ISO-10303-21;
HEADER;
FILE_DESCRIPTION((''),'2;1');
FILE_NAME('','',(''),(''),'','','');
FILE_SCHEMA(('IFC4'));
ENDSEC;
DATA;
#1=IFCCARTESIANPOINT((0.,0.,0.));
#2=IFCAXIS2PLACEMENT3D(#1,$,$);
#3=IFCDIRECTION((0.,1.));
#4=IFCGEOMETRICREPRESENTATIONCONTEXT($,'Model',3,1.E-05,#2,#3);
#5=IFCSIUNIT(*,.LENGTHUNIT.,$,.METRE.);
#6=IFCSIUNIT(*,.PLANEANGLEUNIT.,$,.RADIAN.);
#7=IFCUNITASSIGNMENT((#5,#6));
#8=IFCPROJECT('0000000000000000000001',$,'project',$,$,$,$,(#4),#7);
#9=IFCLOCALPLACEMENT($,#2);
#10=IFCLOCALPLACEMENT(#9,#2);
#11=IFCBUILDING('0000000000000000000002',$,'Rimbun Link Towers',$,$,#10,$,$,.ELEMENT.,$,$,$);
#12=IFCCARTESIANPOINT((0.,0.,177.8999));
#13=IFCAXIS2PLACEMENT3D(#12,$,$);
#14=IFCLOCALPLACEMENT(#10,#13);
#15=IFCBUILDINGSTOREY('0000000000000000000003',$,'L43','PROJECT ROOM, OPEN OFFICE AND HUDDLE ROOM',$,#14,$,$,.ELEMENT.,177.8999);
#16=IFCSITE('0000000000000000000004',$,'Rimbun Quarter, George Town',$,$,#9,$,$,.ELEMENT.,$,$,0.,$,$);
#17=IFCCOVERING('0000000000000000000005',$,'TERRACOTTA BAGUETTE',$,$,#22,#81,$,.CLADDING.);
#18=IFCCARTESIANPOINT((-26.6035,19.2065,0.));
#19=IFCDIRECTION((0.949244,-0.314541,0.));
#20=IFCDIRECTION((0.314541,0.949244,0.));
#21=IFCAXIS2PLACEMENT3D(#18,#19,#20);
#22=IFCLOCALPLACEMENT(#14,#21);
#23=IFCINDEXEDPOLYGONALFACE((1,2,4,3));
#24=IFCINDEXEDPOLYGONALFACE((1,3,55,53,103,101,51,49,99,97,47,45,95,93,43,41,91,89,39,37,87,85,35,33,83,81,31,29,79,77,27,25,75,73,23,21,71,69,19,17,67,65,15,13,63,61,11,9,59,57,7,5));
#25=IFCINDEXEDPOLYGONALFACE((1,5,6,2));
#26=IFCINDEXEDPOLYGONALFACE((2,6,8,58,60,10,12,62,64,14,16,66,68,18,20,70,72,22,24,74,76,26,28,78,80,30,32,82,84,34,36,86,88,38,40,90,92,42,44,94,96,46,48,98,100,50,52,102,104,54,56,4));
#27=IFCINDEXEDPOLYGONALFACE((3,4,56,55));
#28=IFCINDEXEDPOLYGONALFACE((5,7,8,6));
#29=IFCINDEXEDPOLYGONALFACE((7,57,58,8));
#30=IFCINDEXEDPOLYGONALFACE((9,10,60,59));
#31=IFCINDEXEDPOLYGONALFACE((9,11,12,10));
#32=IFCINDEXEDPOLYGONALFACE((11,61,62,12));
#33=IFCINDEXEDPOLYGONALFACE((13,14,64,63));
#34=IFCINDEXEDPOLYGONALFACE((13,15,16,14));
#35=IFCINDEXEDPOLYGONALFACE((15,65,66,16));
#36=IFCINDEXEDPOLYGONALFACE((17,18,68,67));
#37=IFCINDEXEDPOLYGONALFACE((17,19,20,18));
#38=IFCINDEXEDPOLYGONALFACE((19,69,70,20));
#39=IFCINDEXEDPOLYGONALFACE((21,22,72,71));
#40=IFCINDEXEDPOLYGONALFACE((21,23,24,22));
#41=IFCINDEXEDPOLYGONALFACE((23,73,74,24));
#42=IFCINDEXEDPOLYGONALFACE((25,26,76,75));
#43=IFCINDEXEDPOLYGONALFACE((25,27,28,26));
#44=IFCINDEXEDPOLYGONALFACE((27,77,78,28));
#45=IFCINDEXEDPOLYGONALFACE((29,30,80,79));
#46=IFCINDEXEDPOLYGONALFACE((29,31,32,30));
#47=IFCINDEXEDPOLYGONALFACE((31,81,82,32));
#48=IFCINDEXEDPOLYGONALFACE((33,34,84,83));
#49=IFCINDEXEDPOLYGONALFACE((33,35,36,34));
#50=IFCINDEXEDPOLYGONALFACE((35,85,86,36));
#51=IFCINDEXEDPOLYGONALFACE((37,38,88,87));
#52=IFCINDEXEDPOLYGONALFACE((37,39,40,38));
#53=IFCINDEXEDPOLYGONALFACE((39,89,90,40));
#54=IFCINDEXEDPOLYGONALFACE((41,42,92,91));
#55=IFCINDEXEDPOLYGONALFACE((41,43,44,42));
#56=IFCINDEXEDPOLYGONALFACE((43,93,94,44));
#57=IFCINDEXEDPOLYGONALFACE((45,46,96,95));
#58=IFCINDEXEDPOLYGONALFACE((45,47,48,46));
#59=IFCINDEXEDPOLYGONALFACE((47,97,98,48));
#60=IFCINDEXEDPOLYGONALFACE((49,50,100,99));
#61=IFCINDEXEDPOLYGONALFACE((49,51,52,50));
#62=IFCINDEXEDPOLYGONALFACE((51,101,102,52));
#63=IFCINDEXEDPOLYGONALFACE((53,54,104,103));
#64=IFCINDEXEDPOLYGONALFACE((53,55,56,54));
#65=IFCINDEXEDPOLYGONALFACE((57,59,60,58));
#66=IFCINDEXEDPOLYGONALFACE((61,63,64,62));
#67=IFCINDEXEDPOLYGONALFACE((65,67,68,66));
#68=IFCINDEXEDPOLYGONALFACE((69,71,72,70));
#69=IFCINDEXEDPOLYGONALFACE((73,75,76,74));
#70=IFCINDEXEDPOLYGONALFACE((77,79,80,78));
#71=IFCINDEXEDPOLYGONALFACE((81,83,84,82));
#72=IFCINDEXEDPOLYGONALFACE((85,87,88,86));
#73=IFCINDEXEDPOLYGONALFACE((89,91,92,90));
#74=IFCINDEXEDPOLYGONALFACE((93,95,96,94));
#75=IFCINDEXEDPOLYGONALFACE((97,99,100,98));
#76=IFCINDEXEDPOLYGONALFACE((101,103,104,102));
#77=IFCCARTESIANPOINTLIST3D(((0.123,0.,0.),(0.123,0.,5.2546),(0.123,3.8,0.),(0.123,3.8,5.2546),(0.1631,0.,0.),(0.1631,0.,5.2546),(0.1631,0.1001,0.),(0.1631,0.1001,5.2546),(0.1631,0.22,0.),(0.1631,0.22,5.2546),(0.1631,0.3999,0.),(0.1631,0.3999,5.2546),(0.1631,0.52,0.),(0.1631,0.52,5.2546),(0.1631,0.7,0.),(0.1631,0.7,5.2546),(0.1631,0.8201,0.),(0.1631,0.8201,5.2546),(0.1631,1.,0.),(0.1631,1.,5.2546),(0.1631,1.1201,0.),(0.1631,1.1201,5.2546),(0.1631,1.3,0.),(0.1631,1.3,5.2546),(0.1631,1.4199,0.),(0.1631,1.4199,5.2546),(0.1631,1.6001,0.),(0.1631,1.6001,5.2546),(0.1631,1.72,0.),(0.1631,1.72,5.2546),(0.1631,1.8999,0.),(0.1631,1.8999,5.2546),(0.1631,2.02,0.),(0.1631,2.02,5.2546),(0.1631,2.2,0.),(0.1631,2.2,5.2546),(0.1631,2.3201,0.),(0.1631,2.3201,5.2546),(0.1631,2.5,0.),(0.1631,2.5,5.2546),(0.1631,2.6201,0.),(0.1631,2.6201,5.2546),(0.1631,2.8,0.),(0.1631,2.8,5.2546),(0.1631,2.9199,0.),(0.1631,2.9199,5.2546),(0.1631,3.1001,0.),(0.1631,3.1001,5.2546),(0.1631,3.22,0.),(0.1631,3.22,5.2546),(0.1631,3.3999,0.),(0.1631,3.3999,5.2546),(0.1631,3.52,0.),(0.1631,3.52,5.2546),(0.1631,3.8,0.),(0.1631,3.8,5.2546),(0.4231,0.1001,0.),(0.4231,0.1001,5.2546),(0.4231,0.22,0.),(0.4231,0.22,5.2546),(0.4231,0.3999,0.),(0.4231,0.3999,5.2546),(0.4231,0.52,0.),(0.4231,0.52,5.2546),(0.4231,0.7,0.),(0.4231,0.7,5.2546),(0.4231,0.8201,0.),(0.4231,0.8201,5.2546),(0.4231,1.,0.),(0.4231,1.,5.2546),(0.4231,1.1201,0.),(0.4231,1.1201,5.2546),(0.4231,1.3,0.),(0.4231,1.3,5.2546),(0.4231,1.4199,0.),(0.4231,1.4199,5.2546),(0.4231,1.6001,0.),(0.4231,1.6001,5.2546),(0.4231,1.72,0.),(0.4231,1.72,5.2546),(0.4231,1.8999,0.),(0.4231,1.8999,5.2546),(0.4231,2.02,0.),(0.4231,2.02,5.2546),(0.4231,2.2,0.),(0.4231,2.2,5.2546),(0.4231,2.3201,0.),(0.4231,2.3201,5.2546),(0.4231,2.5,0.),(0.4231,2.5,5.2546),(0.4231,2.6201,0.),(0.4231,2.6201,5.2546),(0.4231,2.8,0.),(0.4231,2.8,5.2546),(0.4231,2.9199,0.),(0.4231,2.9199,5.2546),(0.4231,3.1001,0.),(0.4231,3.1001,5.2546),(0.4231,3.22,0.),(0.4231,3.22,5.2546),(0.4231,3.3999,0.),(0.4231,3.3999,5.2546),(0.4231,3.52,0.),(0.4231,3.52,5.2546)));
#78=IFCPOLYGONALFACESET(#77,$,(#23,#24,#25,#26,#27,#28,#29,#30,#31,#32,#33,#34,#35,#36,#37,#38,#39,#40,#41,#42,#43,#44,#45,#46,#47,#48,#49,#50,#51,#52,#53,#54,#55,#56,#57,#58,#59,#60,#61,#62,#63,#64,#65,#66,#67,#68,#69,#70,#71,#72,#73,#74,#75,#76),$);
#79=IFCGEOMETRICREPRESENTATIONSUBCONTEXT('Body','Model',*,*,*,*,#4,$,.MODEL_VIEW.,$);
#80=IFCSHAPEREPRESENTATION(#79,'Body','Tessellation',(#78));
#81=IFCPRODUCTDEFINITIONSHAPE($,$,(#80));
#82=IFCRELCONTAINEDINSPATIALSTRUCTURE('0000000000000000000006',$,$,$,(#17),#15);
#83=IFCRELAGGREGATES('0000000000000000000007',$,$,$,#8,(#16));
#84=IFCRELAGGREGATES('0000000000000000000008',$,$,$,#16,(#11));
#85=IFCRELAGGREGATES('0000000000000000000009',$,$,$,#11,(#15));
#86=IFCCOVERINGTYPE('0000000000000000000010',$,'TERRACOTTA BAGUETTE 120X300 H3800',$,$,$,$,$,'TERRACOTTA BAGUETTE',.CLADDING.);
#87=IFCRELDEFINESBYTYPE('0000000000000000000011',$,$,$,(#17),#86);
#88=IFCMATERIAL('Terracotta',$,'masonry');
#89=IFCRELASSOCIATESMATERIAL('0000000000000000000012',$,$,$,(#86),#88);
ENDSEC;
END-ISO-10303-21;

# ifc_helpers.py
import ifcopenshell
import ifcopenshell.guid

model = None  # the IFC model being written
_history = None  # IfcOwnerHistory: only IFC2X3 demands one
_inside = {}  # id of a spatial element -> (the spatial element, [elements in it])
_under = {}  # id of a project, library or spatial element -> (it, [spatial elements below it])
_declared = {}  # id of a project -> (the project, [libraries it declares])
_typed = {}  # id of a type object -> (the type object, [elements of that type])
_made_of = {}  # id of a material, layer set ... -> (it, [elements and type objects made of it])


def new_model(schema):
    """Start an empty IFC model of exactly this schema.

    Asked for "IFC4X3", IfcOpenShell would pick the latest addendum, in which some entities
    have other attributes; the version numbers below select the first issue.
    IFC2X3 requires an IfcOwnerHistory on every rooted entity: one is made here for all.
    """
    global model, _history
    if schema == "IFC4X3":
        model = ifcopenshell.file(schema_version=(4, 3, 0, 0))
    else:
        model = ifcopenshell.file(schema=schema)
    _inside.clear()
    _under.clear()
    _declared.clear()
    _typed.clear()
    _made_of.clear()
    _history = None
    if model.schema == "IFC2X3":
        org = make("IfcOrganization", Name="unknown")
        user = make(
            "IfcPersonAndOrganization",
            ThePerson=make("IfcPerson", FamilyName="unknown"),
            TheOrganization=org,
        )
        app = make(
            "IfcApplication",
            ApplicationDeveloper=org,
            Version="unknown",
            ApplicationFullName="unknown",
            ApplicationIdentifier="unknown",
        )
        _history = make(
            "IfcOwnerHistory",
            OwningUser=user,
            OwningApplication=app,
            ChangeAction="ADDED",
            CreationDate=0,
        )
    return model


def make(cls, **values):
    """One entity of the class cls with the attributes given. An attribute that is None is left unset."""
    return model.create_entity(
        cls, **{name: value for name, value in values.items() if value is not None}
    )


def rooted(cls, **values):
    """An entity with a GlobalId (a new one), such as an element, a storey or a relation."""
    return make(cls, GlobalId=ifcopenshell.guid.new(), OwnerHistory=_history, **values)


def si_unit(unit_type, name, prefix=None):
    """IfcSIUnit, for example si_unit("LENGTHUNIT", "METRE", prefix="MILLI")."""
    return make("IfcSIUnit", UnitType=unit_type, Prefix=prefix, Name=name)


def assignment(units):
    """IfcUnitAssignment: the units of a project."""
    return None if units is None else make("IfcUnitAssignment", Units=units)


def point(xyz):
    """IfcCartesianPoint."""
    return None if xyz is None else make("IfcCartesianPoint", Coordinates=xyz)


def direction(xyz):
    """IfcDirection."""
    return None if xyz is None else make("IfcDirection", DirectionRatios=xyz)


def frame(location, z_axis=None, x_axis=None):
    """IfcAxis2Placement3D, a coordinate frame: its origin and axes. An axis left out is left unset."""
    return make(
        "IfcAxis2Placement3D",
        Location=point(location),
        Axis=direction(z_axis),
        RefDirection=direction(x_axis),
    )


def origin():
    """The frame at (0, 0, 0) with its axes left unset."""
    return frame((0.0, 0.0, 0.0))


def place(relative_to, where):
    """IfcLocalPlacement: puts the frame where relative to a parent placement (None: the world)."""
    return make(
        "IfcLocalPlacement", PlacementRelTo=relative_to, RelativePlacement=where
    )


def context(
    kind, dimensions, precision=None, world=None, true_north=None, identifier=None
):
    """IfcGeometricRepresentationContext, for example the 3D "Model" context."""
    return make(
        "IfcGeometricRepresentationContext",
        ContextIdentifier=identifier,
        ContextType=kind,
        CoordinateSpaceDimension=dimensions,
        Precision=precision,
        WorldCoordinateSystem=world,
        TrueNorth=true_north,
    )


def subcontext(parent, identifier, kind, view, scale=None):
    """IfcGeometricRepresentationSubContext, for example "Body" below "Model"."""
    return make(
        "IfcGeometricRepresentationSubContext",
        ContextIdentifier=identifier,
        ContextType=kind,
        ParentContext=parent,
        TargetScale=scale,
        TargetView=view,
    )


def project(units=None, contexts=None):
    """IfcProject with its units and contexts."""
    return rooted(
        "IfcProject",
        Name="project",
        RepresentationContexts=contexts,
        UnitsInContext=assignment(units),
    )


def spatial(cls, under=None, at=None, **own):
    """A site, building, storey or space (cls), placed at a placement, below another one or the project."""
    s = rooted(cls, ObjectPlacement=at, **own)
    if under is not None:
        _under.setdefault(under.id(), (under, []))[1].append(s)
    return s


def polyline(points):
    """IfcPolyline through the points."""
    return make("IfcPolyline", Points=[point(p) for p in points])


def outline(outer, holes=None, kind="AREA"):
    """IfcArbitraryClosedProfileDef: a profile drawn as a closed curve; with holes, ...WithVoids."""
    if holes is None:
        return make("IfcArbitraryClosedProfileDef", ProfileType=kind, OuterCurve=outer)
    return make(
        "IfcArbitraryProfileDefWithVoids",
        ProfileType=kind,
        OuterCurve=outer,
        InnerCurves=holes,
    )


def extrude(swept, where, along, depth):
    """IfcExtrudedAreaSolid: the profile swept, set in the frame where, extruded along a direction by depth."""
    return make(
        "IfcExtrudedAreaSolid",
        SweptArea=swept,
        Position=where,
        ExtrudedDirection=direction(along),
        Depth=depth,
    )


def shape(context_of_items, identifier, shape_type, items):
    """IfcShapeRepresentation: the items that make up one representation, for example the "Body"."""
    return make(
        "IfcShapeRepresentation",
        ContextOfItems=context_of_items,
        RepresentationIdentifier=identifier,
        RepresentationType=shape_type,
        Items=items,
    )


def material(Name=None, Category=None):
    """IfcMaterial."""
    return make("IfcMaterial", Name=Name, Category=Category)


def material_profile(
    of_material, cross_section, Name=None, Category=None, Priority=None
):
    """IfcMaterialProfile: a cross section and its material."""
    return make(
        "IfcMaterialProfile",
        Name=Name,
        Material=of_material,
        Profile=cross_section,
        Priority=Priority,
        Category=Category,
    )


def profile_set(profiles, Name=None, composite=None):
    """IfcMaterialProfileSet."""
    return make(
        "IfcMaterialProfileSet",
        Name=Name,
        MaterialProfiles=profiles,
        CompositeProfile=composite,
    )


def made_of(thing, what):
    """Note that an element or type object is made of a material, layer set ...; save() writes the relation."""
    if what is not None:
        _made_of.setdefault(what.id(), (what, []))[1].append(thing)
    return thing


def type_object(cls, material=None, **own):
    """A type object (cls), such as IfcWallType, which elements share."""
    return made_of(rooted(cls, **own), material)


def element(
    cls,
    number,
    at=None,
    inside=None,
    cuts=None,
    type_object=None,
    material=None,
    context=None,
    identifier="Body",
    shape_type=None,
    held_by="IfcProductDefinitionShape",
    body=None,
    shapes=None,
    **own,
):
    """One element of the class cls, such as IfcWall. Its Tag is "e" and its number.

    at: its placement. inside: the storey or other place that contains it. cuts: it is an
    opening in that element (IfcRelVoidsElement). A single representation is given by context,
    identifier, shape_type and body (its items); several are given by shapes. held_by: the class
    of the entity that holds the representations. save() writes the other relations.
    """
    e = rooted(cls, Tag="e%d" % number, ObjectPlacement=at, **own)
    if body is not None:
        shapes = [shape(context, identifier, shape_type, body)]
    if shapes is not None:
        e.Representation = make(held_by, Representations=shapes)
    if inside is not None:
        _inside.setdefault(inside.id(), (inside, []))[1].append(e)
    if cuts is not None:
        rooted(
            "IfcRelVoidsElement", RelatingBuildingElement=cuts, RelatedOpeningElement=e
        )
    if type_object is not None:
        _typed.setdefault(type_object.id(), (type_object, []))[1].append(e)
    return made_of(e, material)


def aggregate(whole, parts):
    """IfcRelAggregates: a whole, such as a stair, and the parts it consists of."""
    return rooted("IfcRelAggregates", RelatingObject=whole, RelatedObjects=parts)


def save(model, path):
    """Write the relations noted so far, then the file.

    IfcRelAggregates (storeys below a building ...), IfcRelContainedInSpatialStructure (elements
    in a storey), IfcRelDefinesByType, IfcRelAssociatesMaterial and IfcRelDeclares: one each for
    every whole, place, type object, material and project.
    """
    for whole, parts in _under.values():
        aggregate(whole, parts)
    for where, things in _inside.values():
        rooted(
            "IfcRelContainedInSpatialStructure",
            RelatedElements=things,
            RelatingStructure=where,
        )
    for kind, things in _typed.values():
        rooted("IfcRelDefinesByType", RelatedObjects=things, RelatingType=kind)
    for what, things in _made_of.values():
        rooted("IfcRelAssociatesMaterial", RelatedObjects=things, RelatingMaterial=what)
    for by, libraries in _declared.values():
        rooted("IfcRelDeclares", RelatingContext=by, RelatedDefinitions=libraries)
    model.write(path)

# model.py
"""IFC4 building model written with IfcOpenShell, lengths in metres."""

from ifc_helpers import new_model, si_unit, direction, frame, origin, place, context, subcontext, project, spatial, polyline, outline, extrude, material, material_profile, profile_set, type_object, element, save


model = new_model("IFC4")

# Units and contexts
model_context = context("Model", 3, precision=1e-05, world=origin(), true_north=direction((0.0, 1.0)))
body_context = subcontext(model_context, "Body", "Model", "MODEL_VIEW")
ifc_project = project(units=[si_unit("LENGTHUNIT", "METRE"), si_unit("PLANEANGLEUNIT", "RADIAN")], contexts=[model_context])

# Site, building, storey
site_placement = place(None, origin())
site = spatial("IfcSite", under=ifc_project, at=site_placement, Name="Rimbun Quarter, George Town", CompositionType="ELEMENT", RefElevation=0.0)
building_placement = place(site_placement, origin())
building = spatial("IfcBuilding", under=site, at=building_placement, Name="Rimbun Link Towers", CompositionType="ELEMENT")
storey_placement = place(building_placement, frame((0.0, 0.0, 177.8999)))
storey = spatial("IfcBuildingStorey", under=building, at=storey_placement, Name="L43", Description="PROJECT ROOM, OPEN OFFICE AND HUDDLE ROOM", CompositionType="ELEMENT", Elevation=177.8999)

# Covering
ifc_material_1 = material(Name="Terracotta", Category="masonry")
ifc_material_profile_1 = material_profile(ifc_material_1, outline(polyline([(0.123, 0.0), (0.1631, 0.0), (0.1631, 0.1001), (0.4231, 0.1001), (0.4231, 0.22), (0.1631, 0.22), (0.1631, 0.3999), (0.4231, 0.3999), (0.4231, 0.52), (0.1631, 0.52), (0.1631, 0.7), (0.4231, 0.7), (0.4231, 0.8201), (0.1631, 0.8201), (0.1631, 1.0), (0.4231, 1.0), (0.4231, 1.1201), (0.1631, 1.1201), (0.1631, 1.3), (0.4231, 1.3), (0.4231, 1.4199), (0.1631, 1.4199), (0.1631, 1.6001), (0.4231, 1.6001), (0.4231, 1.72), (0.1631, 1.72), (0.1631, 1.8999), (0.4231, 1.8999), (0.4231, 2.02), (0.1631, 2.02), (0.1631, 2.2), (0.4231, 2.2), (0.4231, 2.3201), (0.1631, 2.3201), (0.1631, 2.5), (0.4231, 2.5), (0.4231, 2.6201), (0.1631, 2.6201), (0.1631, 2.8), (0.4231, 2.8), (0.4231, 2.9199), (0.1631, 2.9199), (0.1631, 3.1001), (0.4231, 3.1001), (0.4231, 3.22), (0.1631, 3.22), (0.1631, 3.3999), (0.4231, 3.3999), (0.4231, 3.52), (0.1631, 3.52), (0.1631, 3.8), (0.123, 3.8), (0.123, 0.0)])), Name="BAGUETTE 120X300")
ifc_profile_set_1 = profile_set([ifc_material_profile_1], Name="Terracotta")
covering_type = type_object("IfcCoveringType", Name="TERRACOTTA BAGUETTE 120X300 H3800", ElementType="TERRACOTTA BAGUETTE", PredefinedType="CLADDING", material=ifc_profile_set_1)
covering_1_placement = place(storey_placement, frame((-26.6035, 19.2065, 0.0), z_axis=(0.949244, -0.314541, 0.0), x_axis=(0.314541, 0.949244, 0.0)))
element("IfcCovering", 1, at=covering_1_placement, inside=storey, type_object=covering_type, Name="TERRACOTTA BAGUETTE", PredefinedType="CLADDING", context=body_context, shape_type="SweptSolid", body=[
    extrude(outline(polyline([(0.123, 0.0), (0.1631, 0.0), (0.1631, 0.1001), (0.4231, 0.1001), (0.4231, 0.22), (0.1631, 0.22), (0.1631, 0.3999), (0.4231, 0.3999), (0.4231, 0.52), (0.1631, 0.52), (0.1631, 0.7), (0.4231, 0.7), (0.4231, 0.8201), (0.1631, 0.8201), (0.1631, 1.0), (0.4231, 1.0), (0.4231, 1.1201), (0.1631, 1.1201), (0.1631, 1.3), (0.4231, 1.3), (0.4231, 1.4199), (0.1631, 1.4199), (0.1631, 1.6001), (0.4231, 1.6001), (0.4231, 1.72), (0.1631, 1.72), (0.1631, 1.8999), (0.4231, 1.8999), (0.4231, 2.02), (0.1631, 2.02), (0.1631, 2.2), (0.4231, 2.2), (0.4231, 2.3201), (0.1631, 2.3201), (0.1631, 2.5), (0.4231, 2.5), (0.4231, 2.6201), (0.1631, 2.6201), (0.1631, 2.8), (0.4231, 2.8), (0.4231, 2.9199), (0.1631, 2.9199), (0.1631, 3.1001), (0.4231, 3.1001), (0.4231, 3.22), (0.1631, 3.22), (0.1631, 3.3999), (0.4231, 3.3999), (0.4231, 3.52), (0.1631, 3.52), (0.1631, 3.8), (0.123, 3.8), (0.123, 0.0)])), origin(), (0.0, 0.0, 1.0), 5.2546),
])

save(model, "model.ifc")
